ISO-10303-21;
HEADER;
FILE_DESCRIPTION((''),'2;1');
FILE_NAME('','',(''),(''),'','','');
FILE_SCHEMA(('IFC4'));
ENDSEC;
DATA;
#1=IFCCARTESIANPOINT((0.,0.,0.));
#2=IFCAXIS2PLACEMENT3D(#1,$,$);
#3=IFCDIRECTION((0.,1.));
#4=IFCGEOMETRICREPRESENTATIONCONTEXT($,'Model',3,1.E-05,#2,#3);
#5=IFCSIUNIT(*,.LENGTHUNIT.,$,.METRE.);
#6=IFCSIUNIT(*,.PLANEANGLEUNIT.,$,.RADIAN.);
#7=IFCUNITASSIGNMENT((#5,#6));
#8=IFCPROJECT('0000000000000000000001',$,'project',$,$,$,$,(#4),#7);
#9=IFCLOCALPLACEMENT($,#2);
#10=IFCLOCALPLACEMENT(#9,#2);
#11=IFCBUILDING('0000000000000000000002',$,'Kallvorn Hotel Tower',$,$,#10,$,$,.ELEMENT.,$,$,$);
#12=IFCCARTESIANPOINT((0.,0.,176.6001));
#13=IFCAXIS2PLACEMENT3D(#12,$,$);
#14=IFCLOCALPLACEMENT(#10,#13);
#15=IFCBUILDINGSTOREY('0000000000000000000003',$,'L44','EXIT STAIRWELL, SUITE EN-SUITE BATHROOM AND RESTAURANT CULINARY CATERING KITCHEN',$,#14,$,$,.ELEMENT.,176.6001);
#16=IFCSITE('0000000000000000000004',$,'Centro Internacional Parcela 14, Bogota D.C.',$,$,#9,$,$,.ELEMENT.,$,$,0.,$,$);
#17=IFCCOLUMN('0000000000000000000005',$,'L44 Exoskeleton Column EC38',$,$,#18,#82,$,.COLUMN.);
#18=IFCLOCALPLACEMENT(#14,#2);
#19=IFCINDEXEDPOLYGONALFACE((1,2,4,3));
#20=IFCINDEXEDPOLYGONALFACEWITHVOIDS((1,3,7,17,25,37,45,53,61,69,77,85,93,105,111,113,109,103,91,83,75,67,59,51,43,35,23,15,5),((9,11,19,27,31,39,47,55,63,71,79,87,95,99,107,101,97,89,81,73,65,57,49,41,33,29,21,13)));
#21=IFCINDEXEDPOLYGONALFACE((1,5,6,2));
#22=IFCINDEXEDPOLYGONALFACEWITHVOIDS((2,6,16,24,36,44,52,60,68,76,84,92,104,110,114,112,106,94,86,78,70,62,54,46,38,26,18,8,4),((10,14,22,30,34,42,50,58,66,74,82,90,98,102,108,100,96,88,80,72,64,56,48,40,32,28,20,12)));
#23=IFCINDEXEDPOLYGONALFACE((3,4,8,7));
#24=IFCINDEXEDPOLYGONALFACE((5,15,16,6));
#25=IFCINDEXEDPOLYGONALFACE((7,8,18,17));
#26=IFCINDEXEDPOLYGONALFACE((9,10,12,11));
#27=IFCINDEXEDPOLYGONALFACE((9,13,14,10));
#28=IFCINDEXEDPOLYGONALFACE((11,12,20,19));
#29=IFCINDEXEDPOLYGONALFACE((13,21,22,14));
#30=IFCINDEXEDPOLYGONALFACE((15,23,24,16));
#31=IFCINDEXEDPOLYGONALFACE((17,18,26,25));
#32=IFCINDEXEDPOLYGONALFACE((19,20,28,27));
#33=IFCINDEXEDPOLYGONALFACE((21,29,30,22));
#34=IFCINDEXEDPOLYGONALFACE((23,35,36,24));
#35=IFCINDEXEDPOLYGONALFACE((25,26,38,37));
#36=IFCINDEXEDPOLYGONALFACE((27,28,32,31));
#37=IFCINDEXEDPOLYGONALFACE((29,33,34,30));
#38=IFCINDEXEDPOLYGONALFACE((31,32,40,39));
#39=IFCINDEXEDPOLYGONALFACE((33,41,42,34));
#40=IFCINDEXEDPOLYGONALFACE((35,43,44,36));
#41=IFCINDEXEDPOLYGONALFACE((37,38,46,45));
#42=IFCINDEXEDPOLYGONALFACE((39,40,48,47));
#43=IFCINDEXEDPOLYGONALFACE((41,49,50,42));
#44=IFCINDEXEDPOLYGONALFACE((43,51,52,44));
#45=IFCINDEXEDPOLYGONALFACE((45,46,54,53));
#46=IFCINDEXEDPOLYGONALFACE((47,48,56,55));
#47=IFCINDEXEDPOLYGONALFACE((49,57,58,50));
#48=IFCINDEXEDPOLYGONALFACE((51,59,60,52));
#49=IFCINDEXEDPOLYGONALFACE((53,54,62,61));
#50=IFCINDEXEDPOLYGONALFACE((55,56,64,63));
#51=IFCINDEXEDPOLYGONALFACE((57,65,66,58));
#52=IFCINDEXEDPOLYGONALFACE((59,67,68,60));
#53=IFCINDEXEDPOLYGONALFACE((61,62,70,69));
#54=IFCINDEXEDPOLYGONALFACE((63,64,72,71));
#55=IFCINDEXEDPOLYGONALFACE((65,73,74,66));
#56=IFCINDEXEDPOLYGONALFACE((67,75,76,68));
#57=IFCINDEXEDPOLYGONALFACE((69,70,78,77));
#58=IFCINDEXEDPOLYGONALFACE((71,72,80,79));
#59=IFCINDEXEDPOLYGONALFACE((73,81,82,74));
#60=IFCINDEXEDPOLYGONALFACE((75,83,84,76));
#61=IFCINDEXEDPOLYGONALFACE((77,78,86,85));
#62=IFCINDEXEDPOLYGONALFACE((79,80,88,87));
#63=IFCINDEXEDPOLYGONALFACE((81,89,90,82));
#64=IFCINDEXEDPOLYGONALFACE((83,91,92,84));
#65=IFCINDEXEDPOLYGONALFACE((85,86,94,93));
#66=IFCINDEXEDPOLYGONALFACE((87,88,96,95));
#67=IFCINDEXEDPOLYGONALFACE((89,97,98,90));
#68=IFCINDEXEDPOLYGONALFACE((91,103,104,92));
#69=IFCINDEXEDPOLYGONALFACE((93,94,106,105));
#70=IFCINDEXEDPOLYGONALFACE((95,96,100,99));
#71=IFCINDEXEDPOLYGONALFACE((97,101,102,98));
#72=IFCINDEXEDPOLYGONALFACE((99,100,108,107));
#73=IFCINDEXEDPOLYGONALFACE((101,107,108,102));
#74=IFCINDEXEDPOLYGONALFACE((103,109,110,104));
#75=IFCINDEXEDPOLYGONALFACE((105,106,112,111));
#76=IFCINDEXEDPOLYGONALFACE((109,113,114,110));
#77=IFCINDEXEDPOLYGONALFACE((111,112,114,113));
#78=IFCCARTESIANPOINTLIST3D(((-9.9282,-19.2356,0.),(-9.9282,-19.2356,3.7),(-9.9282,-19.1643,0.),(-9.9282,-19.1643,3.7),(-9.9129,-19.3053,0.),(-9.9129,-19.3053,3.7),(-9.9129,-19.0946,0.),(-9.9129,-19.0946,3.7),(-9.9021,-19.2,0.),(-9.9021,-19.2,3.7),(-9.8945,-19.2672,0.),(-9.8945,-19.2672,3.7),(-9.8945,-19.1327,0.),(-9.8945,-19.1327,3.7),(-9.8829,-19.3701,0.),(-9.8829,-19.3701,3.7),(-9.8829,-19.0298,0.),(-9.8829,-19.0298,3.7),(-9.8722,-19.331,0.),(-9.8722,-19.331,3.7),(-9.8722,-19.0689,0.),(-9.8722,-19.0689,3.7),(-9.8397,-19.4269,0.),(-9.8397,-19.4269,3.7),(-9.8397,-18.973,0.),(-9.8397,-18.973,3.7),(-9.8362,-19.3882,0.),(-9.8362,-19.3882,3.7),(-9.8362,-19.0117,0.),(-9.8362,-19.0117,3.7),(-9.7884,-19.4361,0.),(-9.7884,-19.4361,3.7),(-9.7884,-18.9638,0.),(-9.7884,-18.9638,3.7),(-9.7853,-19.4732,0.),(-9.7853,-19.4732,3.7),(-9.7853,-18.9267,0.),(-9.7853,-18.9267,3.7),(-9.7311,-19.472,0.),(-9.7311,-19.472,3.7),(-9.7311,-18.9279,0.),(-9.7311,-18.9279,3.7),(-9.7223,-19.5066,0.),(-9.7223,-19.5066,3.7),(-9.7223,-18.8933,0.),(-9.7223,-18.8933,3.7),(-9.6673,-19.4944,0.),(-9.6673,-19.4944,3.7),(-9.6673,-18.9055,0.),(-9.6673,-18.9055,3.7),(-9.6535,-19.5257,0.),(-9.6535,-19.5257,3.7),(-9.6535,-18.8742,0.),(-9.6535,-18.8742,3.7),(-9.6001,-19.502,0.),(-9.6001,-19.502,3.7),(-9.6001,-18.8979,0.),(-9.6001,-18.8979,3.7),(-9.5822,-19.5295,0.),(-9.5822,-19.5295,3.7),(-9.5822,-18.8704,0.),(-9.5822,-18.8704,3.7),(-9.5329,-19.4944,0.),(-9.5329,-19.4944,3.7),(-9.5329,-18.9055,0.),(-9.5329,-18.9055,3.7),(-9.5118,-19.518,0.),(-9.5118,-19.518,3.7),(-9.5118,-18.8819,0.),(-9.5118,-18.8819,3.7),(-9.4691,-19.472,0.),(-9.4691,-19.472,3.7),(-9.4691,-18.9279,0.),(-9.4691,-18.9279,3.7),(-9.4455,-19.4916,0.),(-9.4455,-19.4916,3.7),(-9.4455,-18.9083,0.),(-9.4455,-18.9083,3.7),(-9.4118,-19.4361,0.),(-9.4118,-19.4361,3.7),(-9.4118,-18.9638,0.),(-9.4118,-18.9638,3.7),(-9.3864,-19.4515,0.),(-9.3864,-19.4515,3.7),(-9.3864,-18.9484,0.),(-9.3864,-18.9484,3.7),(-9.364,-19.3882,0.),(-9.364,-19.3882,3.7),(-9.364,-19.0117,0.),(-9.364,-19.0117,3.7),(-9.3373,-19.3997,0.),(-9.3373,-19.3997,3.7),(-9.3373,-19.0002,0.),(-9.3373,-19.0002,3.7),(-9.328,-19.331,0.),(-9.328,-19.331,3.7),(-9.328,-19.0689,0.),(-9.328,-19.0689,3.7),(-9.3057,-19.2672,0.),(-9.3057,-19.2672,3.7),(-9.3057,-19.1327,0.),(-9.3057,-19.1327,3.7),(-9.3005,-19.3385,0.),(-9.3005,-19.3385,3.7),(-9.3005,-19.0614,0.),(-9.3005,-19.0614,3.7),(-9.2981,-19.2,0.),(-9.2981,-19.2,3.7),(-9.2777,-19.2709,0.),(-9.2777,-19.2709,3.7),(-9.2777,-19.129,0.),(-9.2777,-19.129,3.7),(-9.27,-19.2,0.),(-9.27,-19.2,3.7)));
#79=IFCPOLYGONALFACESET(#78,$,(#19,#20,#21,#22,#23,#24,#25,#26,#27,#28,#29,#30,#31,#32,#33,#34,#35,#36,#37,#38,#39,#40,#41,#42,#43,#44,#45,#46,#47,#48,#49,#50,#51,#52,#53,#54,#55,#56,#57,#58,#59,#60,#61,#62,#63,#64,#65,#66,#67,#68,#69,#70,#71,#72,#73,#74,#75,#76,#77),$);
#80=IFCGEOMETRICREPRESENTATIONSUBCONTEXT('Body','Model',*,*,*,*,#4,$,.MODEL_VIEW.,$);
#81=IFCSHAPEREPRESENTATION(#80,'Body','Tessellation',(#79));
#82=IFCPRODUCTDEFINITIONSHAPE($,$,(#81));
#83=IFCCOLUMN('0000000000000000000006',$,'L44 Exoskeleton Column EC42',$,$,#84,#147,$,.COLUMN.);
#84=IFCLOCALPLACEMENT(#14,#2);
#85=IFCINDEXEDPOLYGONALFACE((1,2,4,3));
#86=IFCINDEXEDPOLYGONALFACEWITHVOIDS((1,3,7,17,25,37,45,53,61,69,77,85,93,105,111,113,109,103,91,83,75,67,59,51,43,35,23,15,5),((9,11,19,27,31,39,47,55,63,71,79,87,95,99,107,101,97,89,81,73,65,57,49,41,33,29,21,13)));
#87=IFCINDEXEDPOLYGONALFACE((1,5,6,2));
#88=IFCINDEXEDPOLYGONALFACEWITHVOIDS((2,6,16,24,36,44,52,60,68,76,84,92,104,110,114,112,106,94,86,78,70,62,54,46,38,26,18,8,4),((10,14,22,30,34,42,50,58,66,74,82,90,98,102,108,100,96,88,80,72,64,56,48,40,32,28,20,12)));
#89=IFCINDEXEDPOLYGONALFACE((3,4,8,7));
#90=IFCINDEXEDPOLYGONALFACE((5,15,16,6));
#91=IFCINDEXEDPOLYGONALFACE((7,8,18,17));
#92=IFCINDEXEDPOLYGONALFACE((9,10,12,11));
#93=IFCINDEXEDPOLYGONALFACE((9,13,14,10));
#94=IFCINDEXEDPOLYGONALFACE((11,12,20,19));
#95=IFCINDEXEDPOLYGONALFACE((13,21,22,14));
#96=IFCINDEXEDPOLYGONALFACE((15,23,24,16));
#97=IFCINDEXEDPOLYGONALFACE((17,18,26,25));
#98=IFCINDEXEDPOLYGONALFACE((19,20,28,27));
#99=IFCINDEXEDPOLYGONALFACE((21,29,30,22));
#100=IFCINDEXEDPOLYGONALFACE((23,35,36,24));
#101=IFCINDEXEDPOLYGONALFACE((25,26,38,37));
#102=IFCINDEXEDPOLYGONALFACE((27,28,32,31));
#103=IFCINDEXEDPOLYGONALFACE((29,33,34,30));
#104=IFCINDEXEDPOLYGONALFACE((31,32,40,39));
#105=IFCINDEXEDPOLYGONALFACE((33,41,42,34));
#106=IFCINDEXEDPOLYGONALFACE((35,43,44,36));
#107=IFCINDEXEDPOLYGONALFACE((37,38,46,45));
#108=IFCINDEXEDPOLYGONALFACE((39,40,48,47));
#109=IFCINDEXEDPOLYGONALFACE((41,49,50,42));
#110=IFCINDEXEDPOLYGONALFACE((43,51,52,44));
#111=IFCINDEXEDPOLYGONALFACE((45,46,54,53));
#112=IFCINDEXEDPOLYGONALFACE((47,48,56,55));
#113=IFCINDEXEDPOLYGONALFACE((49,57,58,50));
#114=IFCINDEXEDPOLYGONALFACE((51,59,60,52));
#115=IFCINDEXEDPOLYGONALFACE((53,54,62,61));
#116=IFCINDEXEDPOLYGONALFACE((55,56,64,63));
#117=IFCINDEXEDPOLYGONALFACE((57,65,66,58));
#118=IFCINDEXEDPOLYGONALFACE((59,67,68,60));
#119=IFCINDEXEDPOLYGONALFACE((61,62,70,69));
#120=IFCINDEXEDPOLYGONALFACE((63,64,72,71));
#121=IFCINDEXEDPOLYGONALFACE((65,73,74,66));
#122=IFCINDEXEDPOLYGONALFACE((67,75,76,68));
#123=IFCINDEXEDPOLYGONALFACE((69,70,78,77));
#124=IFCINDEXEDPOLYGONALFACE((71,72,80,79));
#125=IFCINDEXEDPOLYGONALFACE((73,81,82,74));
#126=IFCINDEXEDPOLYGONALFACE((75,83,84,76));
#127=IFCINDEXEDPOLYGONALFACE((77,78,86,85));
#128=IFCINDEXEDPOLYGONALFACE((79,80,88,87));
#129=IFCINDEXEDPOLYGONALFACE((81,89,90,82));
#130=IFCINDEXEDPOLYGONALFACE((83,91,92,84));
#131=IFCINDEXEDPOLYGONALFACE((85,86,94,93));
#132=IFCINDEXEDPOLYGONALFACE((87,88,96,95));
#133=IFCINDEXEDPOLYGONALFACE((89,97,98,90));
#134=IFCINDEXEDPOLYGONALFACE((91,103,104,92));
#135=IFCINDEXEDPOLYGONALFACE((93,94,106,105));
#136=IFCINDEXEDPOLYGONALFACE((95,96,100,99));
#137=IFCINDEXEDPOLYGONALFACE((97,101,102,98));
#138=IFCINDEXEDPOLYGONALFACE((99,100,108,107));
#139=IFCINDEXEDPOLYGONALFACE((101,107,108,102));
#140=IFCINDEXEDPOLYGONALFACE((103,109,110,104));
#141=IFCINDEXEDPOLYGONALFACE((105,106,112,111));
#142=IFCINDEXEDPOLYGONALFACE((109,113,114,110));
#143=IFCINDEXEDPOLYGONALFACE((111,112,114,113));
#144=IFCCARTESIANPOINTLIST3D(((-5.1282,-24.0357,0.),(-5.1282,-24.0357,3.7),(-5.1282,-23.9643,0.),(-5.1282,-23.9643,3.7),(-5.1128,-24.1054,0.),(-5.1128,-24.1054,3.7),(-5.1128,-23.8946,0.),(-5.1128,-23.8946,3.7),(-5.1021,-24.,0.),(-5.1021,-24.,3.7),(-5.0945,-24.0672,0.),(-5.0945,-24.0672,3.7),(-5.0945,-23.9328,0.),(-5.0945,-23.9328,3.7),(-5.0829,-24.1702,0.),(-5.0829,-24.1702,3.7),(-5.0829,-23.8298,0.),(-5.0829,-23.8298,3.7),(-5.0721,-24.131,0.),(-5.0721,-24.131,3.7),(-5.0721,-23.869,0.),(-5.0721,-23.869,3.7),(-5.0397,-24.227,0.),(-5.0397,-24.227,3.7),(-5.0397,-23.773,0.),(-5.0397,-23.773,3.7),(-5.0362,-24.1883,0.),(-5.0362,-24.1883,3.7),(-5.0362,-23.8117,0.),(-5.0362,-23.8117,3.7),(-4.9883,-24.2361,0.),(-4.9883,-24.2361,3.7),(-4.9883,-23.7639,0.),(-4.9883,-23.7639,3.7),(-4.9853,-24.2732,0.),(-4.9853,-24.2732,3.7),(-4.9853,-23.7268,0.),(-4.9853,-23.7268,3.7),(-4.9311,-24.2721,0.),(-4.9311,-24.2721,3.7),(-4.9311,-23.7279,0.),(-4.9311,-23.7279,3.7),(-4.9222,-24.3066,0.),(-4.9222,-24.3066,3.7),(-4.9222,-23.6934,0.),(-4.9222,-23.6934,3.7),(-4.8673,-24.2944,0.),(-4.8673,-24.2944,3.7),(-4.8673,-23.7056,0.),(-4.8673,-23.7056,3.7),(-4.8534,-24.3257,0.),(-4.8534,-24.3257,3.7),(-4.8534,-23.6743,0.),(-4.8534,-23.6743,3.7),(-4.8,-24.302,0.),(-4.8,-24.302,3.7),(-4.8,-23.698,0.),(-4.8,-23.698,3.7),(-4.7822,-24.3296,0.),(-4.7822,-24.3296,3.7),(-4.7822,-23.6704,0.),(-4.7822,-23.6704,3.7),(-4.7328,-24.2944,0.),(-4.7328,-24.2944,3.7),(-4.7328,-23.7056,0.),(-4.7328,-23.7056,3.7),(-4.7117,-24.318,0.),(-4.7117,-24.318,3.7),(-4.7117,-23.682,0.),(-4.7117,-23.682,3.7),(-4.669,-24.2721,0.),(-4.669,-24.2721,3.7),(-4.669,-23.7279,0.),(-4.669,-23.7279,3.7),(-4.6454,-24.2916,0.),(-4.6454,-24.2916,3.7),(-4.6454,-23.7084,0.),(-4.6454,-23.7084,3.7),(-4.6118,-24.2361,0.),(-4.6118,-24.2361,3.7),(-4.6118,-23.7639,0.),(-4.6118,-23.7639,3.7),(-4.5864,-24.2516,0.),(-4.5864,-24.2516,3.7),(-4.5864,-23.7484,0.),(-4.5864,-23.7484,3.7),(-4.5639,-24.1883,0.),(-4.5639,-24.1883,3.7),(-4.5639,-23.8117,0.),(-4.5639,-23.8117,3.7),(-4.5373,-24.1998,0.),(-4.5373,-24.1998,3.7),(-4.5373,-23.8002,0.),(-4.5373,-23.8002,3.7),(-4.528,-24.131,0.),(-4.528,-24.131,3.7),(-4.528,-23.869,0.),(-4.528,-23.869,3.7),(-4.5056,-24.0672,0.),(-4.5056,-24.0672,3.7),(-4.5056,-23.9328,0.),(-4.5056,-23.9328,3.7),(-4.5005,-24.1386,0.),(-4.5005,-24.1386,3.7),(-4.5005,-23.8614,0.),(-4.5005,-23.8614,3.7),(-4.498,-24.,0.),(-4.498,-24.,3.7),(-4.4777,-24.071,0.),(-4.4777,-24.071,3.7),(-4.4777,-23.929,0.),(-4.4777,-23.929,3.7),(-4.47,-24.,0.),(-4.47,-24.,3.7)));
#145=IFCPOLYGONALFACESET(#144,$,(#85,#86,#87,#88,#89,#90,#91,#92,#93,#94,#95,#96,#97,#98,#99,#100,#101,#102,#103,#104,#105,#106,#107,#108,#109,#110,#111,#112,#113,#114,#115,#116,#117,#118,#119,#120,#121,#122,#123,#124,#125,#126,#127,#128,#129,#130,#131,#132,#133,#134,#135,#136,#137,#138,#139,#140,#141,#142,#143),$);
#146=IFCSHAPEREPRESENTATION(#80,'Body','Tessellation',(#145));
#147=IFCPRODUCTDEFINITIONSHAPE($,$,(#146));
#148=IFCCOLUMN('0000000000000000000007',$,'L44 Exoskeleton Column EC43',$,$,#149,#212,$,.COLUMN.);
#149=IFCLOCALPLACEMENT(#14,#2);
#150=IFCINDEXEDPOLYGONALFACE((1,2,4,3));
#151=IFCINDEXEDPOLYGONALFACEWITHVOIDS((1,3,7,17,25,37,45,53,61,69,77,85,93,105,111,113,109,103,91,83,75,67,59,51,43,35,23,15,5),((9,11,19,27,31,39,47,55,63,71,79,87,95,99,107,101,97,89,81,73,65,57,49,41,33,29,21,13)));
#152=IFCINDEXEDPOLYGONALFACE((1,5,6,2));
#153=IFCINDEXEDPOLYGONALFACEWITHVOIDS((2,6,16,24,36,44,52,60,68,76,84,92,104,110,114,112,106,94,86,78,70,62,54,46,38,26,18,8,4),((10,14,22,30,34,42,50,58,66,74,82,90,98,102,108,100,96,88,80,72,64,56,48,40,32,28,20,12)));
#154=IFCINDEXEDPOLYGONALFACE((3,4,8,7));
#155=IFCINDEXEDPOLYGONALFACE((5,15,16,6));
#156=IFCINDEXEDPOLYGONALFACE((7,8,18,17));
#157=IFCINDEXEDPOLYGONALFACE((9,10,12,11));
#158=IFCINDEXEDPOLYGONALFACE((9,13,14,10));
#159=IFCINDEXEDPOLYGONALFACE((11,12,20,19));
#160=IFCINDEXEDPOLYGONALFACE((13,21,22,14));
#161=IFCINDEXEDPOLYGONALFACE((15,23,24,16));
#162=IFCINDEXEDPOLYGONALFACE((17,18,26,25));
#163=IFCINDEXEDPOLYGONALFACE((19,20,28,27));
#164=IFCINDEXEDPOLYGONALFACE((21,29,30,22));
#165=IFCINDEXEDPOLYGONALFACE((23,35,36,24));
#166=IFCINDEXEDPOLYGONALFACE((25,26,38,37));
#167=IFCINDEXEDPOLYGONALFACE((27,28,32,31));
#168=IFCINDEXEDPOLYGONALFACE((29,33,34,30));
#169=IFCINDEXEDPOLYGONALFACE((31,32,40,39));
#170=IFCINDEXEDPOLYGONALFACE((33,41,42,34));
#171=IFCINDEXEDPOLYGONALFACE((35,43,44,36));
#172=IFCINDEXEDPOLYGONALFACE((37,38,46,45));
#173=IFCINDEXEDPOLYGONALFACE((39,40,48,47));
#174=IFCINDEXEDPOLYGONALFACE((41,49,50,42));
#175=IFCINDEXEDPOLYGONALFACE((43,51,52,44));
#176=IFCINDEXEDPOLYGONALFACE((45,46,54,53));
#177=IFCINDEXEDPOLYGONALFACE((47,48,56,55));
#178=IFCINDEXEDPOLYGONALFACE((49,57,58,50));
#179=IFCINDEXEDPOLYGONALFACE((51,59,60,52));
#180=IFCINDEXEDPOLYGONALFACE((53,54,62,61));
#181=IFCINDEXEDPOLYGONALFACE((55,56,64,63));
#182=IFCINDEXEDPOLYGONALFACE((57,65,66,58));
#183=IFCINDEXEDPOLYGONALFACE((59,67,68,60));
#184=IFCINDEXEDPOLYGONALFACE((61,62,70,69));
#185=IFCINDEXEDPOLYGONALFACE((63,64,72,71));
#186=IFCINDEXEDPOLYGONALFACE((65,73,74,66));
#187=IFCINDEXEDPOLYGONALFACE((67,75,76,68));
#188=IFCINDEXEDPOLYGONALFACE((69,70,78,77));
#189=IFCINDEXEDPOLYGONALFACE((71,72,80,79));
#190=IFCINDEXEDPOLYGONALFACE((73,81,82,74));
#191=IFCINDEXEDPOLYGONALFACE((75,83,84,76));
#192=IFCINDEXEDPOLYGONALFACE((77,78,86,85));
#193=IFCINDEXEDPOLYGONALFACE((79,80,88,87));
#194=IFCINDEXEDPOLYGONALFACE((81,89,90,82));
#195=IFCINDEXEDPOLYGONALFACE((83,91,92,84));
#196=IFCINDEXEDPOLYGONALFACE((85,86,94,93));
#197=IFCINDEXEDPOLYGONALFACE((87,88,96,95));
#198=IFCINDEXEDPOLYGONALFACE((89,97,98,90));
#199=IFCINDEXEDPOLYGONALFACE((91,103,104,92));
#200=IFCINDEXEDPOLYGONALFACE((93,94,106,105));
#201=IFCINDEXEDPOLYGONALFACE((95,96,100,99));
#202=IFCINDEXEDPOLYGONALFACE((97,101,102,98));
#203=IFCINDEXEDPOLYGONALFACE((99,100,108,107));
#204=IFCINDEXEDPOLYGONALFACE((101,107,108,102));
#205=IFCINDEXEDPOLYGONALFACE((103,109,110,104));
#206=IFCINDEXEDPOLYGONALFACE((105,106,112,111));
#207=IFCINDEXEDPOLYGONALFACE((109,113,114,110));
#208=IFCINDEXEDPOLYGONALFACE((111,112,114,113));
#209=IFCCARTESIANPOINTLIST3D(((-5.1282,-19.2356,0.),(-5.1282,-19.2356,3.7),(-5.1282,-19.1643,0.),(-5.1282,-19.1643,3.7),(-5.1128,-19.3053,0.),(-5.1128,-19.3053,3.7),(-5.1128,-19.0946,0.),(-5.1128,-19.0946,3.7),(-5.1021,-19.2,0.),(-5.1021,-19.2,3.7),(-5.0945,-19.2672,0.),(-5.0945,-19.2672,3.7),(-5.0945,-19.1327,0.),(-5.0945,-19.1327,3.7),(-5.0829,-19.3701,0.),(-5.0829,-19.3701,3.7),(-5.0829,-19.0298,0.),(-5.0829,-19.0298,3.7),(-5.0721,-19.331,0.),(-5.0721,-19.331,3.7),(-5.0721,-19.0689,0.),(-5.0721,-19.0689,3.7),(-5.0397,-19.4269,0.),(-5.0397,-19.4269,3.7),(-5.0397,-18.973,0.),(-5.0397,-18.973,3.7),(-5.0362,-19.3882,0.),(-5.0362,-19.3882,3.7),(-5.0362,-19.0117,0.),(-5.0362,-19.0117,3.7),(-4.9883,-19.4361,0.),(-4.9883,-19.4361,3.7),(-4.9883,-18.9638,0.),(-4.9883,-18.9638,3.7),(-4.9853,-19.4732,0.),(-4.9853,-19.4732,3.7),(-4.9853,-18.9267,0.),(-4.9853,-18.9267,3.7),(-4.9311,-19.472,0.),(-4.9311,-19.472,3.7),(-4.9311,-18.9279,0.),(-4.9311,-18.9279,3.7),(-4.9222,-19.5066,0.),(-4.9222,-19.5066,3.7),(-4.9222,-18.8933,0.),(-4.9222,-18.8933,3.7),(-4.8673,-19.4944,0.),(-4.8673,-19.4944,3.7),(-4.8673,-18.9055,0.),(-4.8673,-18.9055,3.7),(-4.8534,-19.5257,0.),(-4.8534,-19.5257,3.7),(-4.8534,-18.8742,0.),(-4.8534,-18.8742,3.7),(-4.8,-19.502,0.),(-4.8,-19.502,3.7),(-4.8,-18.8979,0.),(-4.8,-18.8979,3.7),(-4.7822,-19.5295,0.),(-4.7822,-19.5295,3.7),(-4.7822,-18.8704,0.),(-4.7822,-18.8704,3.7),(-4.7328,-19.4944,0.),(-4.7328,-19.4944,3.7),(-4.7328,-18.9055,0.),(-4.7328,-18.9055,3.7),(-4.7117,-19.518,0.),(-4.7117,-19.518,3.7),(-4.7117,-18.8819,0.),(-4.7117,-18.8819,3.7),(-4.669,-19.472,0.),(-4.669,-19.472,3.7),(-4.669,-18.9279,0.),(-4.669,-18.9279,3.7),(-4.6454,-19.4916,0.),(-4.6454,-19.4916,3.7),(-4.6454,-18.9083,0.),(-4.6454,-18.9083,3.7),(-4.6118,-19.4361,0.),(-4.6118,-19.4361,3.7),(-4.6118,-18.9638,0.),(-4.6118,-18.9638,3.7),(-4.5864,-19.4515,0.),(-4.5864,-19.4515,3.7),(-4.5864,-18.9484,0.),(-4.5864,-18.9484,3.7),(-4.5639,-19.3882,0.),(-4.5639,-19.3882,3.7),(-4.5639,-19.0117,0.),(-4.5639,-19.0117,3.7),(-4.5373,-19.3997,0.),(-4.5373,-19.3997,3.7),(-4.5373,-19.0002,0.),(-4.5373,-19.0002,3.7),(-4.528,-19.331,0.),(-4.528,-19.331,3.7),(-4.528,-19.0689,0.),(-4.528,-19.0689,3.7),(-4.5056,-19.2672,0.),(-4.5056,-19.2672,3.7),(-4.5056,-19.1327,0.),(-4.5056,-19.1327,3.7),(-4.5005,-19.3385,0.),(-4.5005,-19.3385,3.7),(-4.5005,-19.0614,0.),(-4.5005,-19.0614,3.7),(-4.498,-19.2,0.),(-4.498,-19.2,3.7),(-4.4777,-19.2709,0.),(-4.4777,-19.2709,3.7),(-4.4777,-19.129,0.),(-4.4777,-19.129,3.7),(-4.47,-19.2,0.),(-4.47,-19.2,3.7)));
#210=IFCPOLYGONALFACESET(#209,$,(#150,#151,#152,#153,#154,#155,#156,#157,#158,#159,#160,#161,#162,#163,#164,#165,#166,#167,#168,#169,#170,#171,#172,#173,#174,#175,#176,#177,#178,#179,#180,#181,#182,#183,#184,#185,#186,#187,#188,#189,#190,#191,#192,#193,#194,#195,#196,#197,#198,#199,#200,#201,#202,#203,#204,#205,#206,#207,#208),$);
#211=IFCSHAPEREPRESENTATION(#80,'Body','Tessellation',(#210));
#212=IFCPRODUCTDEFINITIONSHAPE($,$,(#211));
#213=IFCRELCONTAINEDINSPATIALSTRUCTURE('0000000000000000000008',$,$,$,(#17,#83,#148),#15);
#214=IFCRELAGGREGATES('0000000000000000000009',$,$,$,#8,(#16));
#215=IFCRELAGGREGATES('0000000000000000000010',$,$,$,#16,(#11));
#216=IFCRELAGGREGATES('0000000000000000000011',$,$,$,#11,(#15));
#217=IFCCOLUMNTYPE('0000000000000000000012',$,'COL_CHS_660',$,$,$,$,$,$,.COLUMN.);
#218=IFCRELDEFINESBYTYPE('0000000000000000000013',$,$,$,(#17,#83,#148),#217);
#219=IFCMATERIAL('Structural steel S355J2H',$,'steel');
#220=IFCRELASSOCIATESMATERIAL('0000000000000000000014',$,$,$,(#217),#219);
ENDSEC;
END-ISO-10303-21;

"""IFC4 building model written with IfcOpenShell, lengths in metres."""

from ifc_helpers import new_model, si_unit, direction, frame, origin, origin_2d, place, context, subcontext, project, spatial, hollow_circle, extrude, material, material_profile, profile_set, type_object, element, save


model = new_model("IFC4")

# Units and contexts
model_context = context("Model", 3, precision=1e-05, world=origin(), true_north=direction((0.0, 1.0)))
body_context = subcontext(model_context, "Body", "Model", "MODEL_VIEW")
ifc_project = project(units=[si_unit("LENGTHUNIT", "METRE"), si_unit("PLANEANGLEUNIT", "RADIAN")], contexts=[model_context])

# Site, building, storey
site_placement = place(None, origin())
site = spatial("IfcSite", under=ifc_project, at=site_placement, Name="Centro Internacional Parcela 14, Bogota D.C.", CompositionType="ELEMENT", RefElevation=0.0)
building_placement = place(site_placement, origin())
building = spatial("IfcBuilding", under=site, at=building_placement, Name="Kallvorn Hotel Tower", CompositionType="ELEMENT")
storey_placement = place(building_placement, frame((0.0, 0.0, 176.6001)))
storey = spatial("IfcBuildingStorey", under=building, at=storey_placement, Name="L44", Description="EXIT STAIRWELL, SUITE EN-SUITE BATHROOM AND RESTAURANT CULINARY CATERING KITCHEN", CompositionType="ELEMENT", Elevation=176.6001)

# Columns
ifc_material_1 = material(Name="Structural steel S355J2H", Category="steel")
ifc_material_profile_1 = material_profile(ifc_material_1, hollow_circle(Radius=0.3301, WallThickness=0.0281, at=origin_2d()), Name="CHS 660x28")
ifc_profile_set_1 = profile_set([ifc_material_profile_1], Name="Structural steel S355J2H")
column_type_1 = type_object("IfcColumnType", Name="COL_CHS_660", PredefinedType="COLUMN", material=ifc_profile_set_1)
for number, where, z_axis, x_axis, name in (
    (1, (-9.6001, -19.2, 0.0), (0.0, 0.0, 1.0), (1.0, 0.0, 0.0), "L44 Exoskeleton Column EC38"),
    (2, (-4.8, -24.0, 0.0), (0.0, 0.0, 1.0), (1.0, 0.0, 0.0), "L44 Exoskeleton Column EC42"),
    (3, (-4.8, -19.2, 0.0), (0.0, 0.0, 1.0), (1.0, 0.0, 0.0), "L44 Exoskeleton Column EC43"),
):
    element("IfcColumn", number, at=place(storey_placement, frame(where, z_axis=z_axis, x_axis=x_axis)), inside=storey, type_object=column_type_1, Name=name, PredefinedType="COLUMN", context=body_context, shape_type="SweptSolid", body=[
        extrude(hollow_circle(Radius=0.3301, WallThickness=0.0281, at=origin_2d()), origin(), (0.0, 0.0, 1.0), 3.7),
    ])

save(model, "model.ifc")
